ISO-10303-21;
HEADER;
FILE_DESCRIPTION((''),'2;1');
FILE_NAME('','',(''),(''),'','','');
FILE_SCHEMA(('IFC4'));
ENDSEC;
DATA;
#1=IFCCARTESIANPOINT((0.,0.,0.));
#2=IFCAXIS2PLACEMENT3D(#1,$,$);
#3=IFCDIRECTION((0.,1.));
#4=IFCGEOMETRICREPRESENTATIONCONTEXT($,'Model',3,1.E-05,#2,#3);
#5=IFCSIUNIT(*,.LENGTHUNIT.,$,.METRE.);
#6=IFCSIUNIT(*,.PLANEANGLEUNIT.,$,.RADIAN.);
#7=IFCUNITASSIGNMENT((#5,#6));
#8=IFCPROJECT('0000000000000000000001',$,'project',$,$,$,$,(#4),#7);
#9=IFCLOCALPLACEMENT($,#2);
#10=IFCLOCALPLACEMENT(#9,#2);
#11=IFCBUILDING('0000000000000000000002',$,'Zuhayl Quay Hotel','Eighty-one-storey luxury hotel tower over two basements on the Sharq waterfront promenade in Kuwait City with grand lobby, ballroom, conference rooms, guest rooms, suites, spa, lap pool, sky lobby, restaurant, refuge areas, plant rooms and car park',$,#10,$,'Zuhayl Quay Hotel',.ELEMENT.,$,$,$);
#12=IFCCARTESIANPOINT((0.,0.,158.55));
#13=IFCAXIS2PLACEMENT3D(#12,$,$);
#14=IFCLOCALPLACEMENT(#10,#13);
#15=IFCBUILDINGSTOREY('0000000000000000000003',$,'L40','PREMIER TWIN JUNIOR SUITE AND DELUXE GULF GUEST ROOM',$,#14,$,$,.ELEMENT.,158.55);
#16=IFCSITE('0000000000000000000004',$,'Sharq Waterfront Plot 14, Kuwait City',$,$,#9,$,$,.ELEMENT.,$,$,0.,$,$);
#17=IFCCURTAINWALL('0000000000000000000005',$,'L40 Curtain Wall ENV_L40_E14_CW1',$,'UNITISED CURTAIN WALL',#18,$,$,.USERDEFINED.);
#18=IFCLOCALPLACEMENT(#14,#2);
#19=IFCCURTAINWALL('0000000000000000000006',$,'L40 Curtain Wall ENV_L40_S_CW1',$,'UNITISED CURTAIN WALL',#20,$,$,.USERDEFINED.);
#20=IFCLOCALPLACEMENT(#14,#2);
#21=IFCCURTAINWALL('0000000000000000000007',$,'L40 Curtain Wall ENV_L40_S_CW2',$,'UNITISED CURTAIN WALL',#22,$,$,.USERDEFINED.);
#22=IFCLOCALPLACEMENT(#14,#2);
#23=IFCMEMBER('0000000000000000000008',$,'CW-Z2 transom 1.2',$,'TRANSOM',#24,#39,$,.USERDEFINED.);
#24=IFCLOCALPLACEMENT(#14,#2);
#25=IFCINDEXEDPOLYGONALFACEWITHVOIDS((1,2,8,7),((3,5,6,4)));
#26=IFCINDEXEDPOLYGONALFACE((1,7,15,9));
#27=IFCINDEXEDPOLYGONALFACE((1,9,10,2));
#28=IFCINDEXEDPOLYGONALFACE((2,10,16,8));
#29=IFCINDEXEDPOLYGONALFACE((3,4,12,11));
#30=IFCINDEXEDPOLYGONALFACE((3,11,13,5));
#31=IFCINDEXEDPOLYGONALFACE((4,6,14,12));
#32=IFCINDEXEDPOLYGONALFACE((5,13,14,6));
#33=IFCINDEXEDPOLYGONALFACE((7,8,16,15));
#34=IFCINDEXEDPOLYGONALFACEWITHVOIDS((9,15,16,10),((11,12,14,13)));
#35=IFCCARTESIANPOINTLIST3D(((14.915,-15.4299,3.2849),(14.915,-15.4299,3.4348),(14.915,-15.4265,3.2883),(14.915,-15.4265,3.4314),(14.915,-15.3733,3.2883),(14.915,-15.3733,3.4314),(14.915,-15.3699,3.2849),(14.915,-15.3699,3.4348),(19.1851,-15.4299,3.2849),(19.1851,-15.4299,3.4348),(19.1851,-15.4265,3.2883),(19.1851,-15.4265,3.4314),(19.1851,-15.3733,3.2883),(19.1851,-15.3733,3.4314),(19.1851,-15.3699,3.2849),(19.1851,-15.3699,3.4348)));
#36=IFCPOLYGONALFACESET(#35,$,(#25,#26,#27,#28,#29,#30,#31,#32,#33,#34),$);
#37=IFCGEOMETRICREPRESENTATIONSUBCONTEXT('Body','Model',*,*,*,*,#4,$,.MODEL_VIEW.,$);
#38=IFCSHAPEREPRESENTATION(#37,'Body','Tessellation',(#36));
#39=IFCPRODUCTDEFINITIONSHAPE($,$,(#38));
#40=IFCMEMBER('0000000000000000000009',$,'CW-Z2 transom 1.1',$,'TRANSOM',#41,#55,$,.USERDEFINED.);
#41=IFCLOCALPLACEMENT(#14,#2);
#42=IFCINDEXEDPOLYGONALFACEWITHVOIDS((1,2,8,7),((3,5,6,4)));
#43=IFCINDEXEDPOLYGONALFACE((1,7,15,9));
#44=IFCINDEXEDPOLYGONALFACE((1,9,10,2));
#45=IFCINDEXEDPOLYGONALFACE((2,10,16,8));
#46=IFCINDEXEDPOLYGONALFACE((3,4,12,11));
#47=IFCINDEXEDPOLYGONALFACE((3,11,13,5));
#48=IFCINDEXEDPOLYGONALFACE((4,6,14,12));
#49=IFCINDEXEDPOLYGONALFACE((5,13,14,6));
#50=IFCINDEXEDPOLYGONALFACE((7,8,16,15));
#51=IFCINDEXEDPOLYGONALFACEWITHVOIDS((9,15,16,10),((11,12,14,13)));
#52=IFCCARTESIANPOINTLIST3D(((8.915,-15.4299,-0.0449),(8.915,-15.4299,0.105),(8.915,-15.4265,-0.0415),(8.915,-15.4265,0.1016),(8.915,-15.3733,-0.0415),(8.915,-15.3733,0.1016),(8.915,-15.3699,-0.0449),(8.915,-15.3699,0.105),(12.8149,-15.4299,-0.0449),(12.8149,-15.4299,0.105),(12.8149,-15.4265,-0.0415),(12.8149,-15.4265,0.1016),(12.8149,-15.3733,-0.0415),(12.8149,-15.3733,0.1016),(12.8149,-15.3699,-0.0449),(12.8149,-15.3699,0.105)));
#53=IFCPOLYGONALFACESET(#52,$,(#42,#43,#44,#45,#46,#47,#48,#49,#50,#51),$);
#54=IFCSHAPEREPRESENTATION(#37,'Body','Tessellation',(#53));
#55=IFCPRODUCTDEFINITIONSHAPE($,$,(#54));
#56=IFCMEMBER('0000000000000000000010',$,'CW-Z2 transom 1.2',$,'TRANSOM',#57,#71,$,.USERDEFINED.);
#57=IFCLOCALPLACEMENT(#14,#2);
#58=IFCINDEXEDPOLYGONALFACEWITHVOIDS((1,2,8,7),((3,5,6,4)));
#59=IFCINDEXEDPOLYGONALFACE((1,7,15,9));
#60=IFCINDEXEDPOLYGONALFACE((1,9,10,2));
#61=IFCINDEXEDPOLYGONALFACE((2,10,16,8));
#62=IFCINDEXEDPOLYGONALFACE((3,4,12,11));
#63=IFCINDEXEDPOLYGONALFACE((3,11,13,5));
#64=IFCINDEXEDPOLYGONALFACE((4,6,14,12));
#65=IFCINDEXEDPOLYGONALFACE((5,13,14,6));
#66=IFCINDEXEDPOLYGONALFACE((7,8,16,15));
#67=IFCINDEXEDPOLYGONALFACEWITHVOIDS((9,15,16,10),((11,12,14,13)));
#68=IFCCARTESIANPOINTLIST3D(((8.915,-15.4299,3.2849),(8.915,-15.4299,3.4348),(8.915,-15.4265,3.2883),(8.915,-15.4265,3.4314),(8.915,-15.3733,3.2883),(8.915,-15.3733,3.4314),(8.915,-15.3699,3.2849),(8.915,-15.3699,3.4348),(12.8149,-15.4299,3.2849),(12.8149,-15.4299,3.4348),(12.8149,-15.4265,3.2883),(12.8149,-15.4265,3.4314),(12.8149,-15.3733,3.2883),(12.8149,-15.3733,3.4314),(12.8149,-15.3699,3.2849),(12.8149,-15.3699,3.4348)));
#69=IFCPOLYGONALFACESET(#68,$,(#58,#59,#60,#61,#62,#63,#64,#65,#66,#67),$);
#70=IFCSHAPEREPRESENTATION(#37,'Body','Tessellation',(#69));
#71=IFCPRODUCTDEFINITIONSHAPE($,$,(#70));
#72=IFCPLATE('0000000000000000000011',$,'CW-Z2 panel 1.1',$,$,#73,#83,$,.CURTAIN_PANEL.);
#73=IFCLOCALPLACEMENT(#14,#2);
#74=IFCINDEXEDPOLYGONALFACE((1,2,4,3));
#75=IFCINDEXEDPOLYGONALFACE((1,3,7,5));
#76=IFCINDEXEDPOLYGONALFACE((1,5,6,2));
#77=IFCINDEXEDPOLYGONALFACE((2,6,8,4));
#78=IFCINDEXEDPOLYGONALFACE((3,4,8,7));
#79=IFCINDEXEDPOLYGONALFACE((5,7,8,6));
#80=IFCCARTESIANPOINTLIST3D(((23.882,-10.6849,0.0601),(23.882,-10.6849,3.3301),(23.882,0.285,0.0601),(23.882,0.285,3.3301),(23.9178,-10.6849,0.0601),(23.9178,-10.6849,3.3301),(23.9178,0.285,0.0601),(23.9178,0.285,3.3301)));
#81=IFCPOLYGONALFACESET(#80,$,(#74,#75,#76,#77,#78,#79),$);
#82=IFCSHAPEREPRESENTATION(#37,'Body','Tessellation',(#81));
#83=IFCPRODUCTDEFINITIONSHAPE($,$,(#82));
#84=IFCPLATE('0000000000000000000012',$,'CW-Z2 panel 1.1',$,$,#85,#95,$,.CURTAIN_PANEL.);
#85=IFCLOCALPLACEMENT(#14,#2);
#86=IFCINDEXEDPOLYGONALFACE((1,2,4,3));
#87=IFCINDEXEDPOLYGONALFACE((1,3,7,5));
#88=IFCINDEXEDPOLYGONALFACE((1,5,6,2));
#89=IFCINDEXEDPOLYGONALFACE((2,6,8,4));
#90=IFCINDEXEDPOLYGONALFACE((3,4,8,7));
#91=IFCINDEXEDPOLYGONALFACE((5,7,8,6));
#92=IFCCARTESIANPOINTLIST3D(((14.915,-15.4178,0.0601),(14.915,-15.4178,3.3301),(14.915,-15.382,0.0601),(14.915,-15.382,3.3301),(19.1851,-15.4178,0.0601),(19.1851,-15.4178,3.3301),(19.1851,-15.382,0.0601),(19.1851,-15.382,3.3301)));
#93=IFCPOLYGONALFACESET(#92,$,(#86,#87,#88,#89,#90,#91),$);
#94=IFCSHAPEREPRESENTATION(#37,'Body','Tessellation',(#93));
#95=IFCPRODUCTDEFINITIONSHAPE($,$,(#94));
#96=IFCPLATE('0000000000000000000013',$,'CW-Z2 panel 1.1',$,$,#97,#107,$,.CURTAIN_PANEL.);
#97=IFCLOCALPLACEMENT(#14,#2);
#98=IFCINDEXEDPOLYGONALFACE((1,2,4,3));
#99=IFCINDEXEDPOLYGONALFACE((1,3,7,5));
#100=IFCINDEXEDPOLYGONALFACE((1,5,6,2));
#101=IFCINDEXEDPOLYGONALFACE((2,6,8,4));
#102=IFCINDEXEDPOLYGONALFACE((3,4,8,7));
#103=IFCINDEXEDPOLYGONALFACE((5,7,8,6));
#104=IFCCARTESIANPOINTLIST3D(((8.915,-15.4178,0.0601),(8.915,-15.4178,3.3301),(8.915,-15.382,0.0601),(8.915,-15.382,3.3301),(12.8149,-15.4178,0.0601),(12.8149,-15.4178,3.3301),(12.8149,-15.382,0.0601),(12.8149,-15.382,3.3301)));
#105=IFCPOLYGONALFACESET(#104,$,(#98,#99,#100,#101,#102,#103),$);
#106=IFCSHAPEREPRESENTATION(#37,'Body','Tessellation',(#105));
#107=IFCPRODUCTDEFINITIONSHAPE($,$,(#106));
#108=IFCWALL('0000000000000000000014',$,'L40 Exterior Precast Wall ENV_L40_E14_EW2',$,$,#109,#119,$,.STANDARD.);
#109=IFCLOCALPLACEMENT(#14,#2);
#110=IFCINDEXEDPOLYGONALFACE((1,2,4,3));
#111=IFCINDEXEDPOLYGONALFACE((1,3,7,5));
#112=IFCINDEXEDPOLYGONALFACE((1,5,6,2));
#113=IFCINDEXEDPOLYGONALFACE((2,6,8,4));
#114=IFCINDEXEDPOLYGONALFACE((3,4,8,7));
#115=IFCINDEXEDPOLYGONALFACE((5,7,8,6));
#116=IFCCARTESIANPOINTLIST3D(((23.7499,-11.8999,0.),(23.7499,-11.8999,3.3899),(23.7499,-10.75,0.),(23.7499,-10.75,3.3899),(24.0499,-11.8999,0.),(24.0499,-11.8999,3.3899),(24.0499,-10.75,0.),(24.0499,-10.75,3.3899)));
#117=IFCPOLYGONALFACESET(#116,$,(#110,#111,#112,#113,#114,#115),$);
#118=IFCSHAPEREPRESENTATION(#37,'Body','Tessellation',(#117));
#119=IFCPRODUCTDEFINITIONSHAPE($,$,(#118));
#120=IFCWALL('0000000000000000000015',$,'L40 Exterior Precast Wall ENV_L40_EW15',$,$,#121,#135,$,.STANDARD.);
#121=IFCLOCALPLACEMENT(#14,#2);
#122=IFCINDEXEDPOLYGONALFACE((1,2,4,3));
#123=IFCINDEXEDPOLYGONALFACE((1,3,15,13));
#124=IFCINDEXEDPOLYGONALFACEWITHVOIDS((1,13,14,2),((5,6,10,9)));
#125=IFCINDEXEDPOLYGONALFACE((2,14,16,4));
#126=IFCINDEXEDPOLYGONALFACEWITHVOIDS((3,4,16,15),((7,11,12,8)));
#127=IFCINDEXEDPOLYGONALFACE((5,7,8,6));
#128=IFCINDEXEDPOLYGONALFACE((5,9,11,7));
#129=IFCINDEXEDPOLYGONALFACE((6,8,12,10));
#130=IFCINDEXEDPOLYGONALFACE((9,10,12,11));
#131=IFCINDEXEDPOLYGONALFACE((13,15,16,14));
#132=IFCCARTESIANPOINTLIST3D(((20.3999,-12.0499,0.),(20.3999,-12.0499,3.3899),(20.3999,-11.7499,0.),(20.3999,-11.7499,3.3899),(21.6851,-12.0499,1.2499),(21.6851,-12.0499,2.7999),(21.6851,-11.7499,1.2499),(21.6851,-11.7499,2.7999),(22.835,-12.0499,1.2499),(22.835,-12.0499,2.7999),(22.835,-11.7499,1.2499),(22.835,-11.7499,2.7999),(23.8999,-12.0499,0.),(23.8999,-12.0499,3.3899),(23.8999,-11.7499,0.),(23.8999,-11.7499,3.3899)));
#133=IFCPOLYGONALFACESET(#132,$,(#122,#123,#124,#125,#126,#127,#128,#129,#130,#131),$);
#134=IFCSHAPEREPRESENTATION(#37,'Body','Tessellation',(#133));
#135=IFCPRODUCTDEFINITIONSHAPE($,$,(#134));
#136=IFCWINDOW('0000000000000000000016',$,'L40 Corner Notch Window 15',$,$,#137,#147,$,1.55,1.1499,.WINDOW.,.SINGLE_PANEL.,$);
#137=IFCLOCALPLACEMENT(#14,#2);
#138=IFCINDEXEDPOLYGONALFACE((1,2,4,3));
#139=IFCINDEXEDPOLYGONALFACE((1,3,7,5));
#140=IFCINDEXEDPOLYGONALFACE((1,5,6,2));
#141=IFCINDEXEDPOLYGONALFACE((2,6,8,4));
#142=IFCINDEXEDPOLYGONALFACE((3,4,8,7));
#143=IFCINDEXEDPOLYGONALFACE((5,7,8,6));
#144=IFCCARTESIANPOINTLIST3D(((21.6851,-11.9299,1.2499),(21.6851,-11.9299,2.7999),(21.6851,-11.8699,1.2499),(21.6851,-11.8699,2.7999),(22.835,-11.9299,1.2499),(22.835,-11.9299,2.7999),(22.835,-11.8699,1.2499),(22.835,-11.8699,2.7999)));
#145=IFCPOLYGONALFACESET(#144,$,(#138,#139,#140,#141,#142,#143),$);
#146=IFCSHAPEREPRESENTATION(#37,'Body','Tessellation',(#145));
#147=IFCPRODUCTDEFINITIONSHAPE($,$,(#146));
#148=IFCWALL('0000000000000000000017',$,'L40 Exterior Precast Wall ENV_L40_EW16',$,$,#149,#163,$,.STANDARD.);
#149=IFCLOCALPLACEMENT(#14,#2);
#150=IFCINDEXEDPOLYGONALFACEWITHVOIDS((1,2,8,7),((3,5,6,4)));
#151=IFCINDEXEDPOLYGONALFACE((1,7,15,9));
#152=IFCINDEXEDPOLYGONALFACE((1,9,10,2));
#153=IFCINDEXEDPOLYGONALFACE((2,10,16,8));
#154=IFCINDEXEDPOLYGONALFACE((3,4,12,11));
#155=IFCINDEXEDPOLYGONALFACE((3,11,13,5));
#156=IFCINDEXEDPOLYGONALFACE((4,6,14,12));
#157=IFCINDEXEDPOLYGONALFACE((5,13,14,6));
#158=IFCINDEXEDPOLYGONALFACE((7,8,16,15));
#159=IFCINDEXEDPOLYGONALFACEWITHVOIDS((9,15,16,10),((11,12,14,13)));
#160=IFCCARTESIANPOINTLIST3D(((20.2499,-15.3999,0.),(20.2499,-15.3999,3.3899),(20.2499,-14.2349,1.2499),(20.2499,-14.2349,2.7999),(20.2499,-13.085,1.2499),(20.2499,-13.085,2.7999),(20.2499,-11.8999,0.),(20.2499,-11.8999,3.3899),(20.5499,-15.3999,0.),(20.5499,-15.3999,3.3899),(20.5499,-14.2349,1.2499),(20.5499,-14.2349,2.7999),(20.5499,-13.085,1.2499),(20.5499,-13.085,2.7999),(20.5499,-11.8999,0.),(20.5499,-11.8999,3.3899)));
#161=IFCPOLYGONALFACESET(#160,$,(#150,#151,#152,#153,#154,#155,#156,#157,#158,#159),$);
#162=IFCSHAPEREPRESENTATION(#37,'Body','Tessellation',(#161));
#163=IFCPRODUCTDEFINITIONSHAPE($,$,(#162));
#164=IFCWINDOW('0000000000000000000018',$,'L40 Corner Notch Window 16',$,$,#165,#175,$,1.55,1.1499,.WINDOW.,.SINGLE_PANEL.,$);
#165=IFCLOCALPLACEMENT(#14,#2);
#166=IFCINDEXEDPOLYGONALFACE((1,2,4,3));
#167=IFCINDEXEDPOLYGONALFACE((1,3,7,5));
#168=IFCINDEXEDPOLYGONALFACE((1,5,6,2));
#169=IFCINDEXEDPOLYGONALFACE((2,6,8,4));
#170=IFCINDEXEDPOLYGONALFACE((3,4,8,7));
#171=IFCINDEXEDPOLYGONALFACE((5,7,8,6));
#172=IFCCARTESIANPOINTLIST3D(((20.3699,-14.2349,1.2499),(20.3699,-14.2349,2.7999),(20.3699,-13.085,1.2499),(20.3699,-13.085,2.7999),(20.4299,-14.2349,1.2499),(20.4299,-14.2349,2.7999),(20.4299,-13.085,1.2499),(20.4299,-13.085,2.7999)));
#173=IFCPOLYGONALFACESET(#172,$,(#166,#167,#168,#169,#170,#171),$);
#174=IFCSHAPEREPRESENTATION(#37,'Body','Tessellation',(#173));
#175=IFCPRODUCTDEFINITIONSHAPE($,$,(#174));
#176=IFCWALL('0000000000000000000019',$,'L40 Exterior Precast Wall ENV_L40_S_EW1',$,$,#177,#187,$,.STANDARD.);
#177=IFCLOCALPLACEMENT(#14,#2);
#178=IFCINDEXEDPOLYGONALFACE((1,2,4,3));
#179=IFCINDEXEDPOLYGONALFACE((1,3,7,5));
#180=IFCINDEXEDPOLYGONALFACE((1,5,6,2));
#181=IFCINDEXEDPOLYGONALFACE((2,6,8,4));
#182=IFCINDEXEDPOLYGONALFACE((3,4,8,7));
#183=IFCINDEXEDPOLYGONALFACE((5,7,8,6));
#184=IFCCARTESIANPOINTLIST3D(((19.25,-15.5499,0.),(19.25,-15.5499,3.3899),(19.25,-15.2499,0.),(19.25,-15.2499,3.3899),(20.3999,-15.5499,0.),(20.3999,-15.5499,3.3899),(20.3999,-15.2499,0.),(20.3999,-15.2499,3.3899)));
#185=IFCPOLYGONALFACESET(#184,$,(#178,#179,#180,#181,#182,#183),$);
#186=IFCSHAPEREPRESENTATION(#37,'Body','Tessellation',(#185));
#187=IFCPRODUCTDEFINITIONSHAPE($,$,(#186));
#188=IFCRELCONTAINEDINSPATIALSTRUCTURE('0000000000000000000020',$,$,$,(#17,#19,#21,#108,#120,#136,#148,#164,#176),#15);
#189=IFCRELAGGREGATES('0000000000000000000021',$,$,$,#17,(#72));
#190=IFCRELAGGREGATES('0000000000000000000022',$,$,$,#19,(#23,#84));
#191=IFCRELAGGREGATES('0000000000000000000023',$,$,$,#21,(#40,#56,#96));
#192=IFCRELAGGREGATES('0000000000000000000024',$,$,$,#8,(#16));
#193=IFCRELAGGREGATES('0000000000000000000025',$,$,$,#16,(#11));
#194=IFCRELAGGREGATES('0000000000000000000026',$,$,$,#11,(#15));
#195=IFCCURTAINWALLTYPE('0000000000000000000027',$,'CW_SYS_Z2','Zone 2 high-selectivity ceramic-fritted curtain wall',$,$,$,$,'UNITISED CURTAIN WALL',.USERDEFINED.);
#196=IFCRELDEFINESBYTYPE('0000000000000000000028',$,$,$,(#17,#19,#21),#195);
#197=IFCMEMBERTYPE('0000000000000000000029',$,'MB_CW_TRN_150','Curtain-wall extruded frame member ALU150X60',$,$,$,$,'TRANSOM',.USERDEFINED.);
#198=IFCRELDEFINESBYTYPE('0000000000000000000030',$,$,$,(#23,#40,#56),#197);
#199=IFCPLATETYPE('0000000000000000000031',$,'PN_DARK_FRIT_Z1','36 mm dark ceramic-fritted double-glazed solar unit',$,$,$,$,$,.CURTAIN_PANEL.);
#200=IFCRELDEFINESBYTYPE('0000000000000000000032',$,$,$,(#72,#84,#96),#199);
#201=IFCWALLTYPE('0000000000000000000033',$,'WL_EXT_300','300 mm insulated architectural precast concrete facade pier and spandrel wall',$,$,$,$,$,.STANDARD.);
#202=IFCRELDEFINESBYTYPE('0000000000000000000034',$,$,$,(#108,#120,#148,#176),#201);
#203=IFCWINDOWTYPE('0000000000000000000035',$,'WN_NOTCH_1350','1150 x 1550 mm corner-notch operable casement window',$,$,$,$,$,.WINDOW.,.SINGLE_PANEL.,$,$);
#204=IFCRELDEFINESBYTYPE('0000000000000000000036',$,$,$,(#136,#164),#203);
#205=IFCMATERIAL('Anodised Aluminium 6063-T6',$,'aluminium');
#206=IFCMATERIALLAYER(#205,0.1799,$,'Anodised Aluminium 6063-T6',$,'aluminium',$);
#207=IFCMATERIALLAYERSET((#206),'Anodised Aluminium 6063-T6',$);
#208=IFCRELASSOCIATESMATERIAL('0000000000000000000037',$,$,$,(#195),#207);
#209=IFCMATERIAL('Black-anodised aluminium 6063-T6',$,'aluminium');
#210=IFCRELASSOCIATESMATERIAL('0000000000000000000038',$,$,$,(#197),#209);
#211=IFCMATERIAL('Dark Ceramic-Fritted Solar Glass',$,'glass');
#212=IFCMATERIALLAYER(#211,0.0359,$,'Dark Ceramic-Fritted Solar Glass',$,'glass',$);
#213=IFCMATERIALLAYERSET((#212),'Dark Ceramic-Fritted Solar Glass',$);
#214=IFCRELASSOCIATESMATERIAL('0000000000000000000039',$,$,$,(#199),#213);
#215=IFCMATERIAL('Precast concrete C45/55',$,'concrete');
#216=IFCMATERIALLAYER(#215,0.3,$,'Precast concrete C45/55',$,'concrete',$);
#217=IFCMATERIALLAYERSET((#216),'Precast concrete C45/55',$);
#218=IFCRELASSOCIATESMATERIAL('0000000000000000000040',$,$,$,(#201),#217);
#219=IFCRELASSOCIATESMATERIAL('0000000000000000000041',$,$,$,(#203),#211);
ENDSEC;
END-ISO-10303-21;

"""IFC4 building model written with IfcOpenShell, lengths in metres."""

from ifc_helpers import new_model, si_unit, direction, frame, frame_2d, origin, origin_2d, place, context, subcontext, project, spatial, rectangle, hollow_rectangle, extrude, material, layer, layer_set, material_profile, profile_set, type_object, element, fill, aggregate, save


model = new_model("IFC4")

# Units and contexts
model_context = context("Model", 3, precision=1e-05, world=origin(), true_north=direction((0.0, 1.0)))
body_context = subcontext(model_context, "Body", "Model", "MODEL_VIEW")
ifc_project = project(units=[si_unit("LENGTHUNIT", "METRE"), si_unit("PLANEANGLEUNIT", "RADIAN")], contexts=[model_context])

# Site, building, storey
site_placement = place(None, origin())
site = spatial("IfcSite", under=ifc_project, at=site_placement, Name="Sharq Waterfront Plot 14, Kuwait City", CompositionType="ELEMENT", RefElevation=0.0)
building_placement = place(site_placement, origin())
building = spatial("IfcBuilding", under=site, at=building_placement, Name="Zuhayl Quay Hotel", Description="Eighty-one-storey luxury hotel tower over two basements on the Sharq waterfront promenade in Kuwait City with grand lobby, ballroom, conference rooms, guest rooms, suites, spa, lap pool, sky lobby, restaurant, refuge areas, plant rooms and car park", LongName="Zuhayl Quay Hotel", CompositionType="ELEMENT")
storey_placement = place(building_placement, frame((0.0, 0.0, 158.55)))
storey = spatial("IfcBuildingStorey", under=building, at=storey_placement, Name="L40", Description="PREMIER TWIN JUNIOR SUITE AND DELUXE GULF GUEST ROOM", CompositionType="ELEMENT", Elevation=158.55)

# Curtain wall
ifc_material_1 = material(Name="Anodised Aluminium 6063-T6", Category="aluminium")
ifc_layer_1 = layer(ifc_material_1, 0.1799, Name="Anodised Aluminium 6063-T6", Category="aluminium")
ifc_layer_set_1 = layer_set([ifc_layer_1], Name="Anodised Aluminium 6063-T6")
curtain_wall_type = type_object("IfcCurtainWallType", Name="CW_SYS_Z2", Description="Zone 2 high-selectivity ceramic-fritted curtain wall", ElementType="UNITISED CURTAIN WALL", PredefinedType="USERDEFINED", material=ifc_layer_set_1)
curtain_wall_1_placement = place(storey_placement, origin())
curtain_wall_1 = element("IfcCurtainWall", 1, at=curtain_wall_1_placement, inside=storey, type_object=curtain_wall_type, Name="L40 Curtain Wall ENV_L40_E14_CW1", ObjectType="UNITISED CURTAIN WALL", PredefinedType="USERDEFINED")
ifc_material_2 = material(Name="Black-anodised aluminium 6063-T6", Category="aluminium")

# Curtain walls
curtain_wall_2_placement = place(storey_placement, origin())
curtain_wall_2 = element("IfcCurtainWall", 2, at=curtain_wall_2_placement, inside=storey, type_object=curtain_wall_type, Name="L40 Curtain Wall ENV_L40_S_CW1", ObjectType="UNITISED CURTAIN WALL", PredefinedType="USERDEFINED")
curtain_wall_3_placement = place(storey_placement, origin())
curtain_wall_3 = element("IfcCurtainWall", 3, at=curtain_wall_3_placement, inside=storey, type_object=curtain_wall_type, Name="L40 Curtain Wall ENV_L40_S_CW2", ObjectType="UNITISED CURTAIN WALL", PredefinedType="USERDEFINED")

# Members
ifc_material_profile_1 = material_profile(ifc_material_2, hollow_rectangle(XDim=0.0601, YDim=0.1499, WallThickness=0.0034, at=origin_2d()), Name="ALU150X60")
ifc_profile_set_1 = profile_set([ifc_material_profile_1], Name="Black-anodised aluminium 6063-T6")
member_type_1 = type_object("IfcMemberType", Name="MB_CW_TRN_150", Description="Curtain-wall extruded frame member ALU150X60", ElementType="TRANSOM", PredefinedType="USERDEFINED", material=ifc_profile_set_1)
member_1_placement = place(storey_placement, frame((19.1851, -15.3999, 3.3599), z_axis=(-1.0, 0.0, 0.0), x_axis=(0.0, -1.0, 0.0)))
member_1 = element("IfcMember", 4, at=member_1_placement, type_object=member_type_1, Name="CW-Z2 transom 1.2", ObjectType="TRANSOM", PredefinedType="USERDEFINED", context=body_context, shape_type="SweptSolid", body=[
    extrude(hollow_rectangle(XDim=0.0601, YDim=0.1499, WallThickness=0.0034, at=origin_2d()), origin(), (0.0, 0.0, 1.0), 4.27),
])
member_2_placement = place(storey_placement, frame((12.8149, -15.3999, 0.03), z_axis=(-1.0, 0.0, 0.0), x_axis=(0.0, -1.0, 0.0)))
member_2 = element("IfcMember", 5, at=member_2_placement, type_object=member_type_1, Name="CW-Z2 transom 1.1", ObjectType="TRANSOM", PredefinedType="USERDEFINED", context=body_context, shape_type="SweptSolid", body=[
    extrude(hollow_rectangle(XDim=0.0601, YDim=0.1499, WallThickness=0.0034, at=origin_2d()), origin(), (0.0, 0.0, 1.0), 3.8999),
])
member_3_placement = place(storey_placement, frame((12.8149, -15.3999, 3.3599), z_axis=(-1.0, 0.0, 0.0), x_axis=(0.0, -1.0, 0.0)))
member_3 = element("IfcMember", 6, at=member_3_placement, type_object=member_type_1, Name="CW-Z2 transom 1.2", ObjectType="TRANSOM", PredefinedType="USERDEFINED", context=body_context, shape_type="SweptSolid", body=[
    extrude(hollow_rectangle(XDim=0.0601, YDim=0.1499, WallThickness=0.0034, at=origin_2d()), origin(), (0.0, 0.0, 1.0), 3.8999),
])

# Plates
ifc_material_3 = material(Name="Dark Ceramic-Fritted Solar Glass", Category="glass")
ifc_layer_2 = layer(ifc_material_3, 0.0359, Name="Dark Ceramic-Fritted Solar Glass", Category="glass")
ifc_layer_set_2 = layer_set([ifc_layer_2], Name="Dark Ceramic-Fritted Solar Glass")
plate_type = type_object("IfcPlateType", Name="PN_DARK_FRIT_Z1", Description="36 mm dark ceramic-fritted double-glazed solar unit", PredefinedType="CURTAIN_PANEL", material=ifc_layer_set_2)
plate_1_placement = place(storey_placement, frame((23.8999, -5.2, 0.0601), z_axis=(0.0, 0.0, 1.0), x_axis=(0.0, -1.0, 0.0)))
plate_1 = element("IfcPlate", 7, at=plate_1_placement, type_object=plate_type, Name="CW-Z2 panel 1.1", PredefinedType="CURTAIN_PANEL", context=body_context, shape_type="SweptSolid", body=[
    extrude(rectangle(XDim=10.97, YDim=0.0359, at=origin_2d()), origin(), (0.0, 0.0, 1.0), 3.27),
])
aggregate(curtain_wall_1, [plate_1])
plate_2_placement = place(storey_placement, frame((17.05, -15.3999, 0.0601), z_axis=(0.0, 0.0, 1.0), x_axis=(-1.0, 0.0, 0.0)))
plate_2 = element("IfcPlate", 8, at=plate_2_placement, type_object=plate_type, Name="CW-Z2 panel 1.1", PredefinedType="CURTAIN_PANEL", context=body_context, shape_type="SweptSolid", body=[
    extrude(rectangle(XDim=4.27, YDim=0.0359, at=origin_2d()), origin(), (0.0, 0.0, 1.0), 3.27),
])
aggregate(curtain_wall_2, [member_1, plate_2])
plate_3_placement = place(storey_placement, frame((10.865, -15.3999, 0.0601), z_axis=(0.0, 0.0, 1.0), x_axis=(-1.0, 0.0, 0.0)))
plate_3 = element("IfcPlate", 9, at=plate_3_placement, type_object=plate_type, Name="CW-Z2 panel 1.1", PredefinedType="CURTAIN_PANEL", context=body_context, shape_type="SweptSolid", body=[
    extrude(rectangle(XDim=3.8999, YDim=0.0359, at=origin_2d()), origin(), (0.0, 0.0, 1.0), 3.27),
])
aggregate(curtain_wall_3, [member_2, member_3, plate_3])

# Wall
ifc_material_4 = material(Name="Precast concrete C45/55", Category="concrete")
ifc_layer_3 = layer(ifc_material_4, 0.3, Name="Precast concrete C45/55", Category="concrete")
ifc_layer_set_3 = layer_set([ifc_layer_3], Name="Precast concrete C45/55")
wall_type_1 = type_object("IfcWallType", Name="WL_EXT_300", Description="300 mm insulated architectural precast concrete facade pier and spandrel wall", PredefinedType="STANDARD", material=ifc_layer_set_3)
wall_1_placement = place(storey_placement, frame((23.8999, -10.75, 0.0), z_axis=(0.0, 0.0, 1.0), x_axis=(0.0, -1.0, 0.0)))
element("IfcWall", 10, at=wall_1_placement, inside=storey, type_object=wall_type_1, Name="L40 Exterior Precast Wall ENV_L40_E14_EW2", PredefinedType="STANDARD", context=body_context, shape_type="SweptSolid", body=[
    extrude(rectangle(XDim=1.1499, YDim=0.3, at=frame_2d((0.575, 0.0))), origin(), (0.0, 0.0, 1.0), 3.3899),
])

# Walls, openings, windows
wall_2_placement = place(storey_placement, frame((23.8999, -11.8999, 0.0), z_axis=(0.0, 0.0, 1.0), x_axis=(-1.0, 0.0, 0.0)))
wall_2 = element("IfcWall", 11, at=wall_2_placement, inside=storey, type_object=wall_type_1, Name="L40 Exterior Precast Wall ENV_L40_EW15", PredefinedType="STANDARD", context=body_context, shape_type="SweptSolid", body=[
    extrude(rectangle(XDim=3.5, YDim=0.3, at=frame_2d((1.75, 0.0))), origin(), (0.0, 0.0, 1.0), 3.3899),
])
opening_1_placement = place(wall_2_placement, frame((1.0649, 0.0, 1.25)))
opening_1 = element("IfcOpeningElement", 12, at=opening_1_placement, cuts=wall_2, PredefinedType="OPENING", context=body_context, shape_type="SweptSolid", body=[
    extrude(rectangle(XDim=1.1499, YDim=1.55, at=frame_2d((0.575, 0.7749))), frame((0.0, 0.1599, 0.0), z_axis=(0.0, -1.0, 0.0), x_axis=(1.0, 0.0, 0.0)), (0.0, 0.0, 1.0), 0.3201),
])
window_type = type_object("IfcWindowType", Name="WN_NOTCH_1350", Description="1150 x 1550 mm corner-notch operable casement window", PartitioningType="SINGLE_PANEL", PredefinedType="WINDOW", material=ifc_material_3)
window_1_placement = place(opening_1_placement, origin())
window_1 = element("IfcWindow", 13, at=window_1_placement, inside=storey, type_object=window_type, Name="L40 Corner Notch Window 15", OverallHeight=1.55, OverallWidth=1.1499, PartitioningType="SINGLE_PANEL", PredefinedType="WINDOW", context=body_context, shape_type="SweptSolid", body=[
    extrude(rectangle(XDim=1.1499, YDim=1.55, at=frame_2d((0.575, 0.7749))), frame((0.0, 0.03, 0.0), z_axis=(0.0, -1.0, 0.0), x_axis=(1.0, 0.0, 0.0)), (0.0, 0.0, 1.0), 0.0601),
])
fill(opening_1, window_1)
wall_3_placement = place(storey_placement, frame((20.3999, -11.8999, 0.0), z_axis=(0.0, 0.0, 1.0), x_axis=(0.0, -1.0, 0.0)))
wall_3 = element("IfcWall", 14, at=wall_3_placement, inside=storey, type_object=wall_type_1, Name="L40 Exterior Precast Wall ENV_L40_EW16", PredefinedType="STANDARD", context=body_context, shape_type="SweptSolid", body=[
    extrude(rectangle(XDim=3.5, YDim=0.3, at=frame_2d((1.75, 0.0))), origin(), (0.0, 0.0, 1.0), 3.3899),
])
opening_2_placement = place(wall_3_placement, frame((1.1851, 0.0, 1.25)))
opening_2 = element("IfcOpeningElement", 15, at=opening_2_placement, cuts=wall_3, PredefinedType="OPENING", context=body_context, shape_type="SweptSolid", body=[
    extrude(rectangle(XDim=1.1499, YDim=1.55, at=frame_2d((0.575, 0.7749))), frame((0.0, 0.1599, 0.0), z_axis=(0.0, -1.0, 0.0), x_axis=(1.0, 0.0, 0.0)), (0.0, 0.0, 1.0), 0.3201),
])
window_2_placement = place(opening_2_placement, origin())
window_2 = element("IfcWindow", 16, at=window_2_placement, inside=storey, type_object=window_type, Name="L40 Corner Notch Window 16", OverallHeight=1.55, OverallWidth=1.1499, PartitioningType="SINGLE_PANEL", PredefinedType="WINDOW", context=body_context, shape_type="SweptSolid", body=[
    extrude(rectangle(XDim=1.1499, YDim=1.55, at=frame_2d((0.575, 0.7749))), frame((0.0, 0.03, 0.0), z_axis=(0.0, -1.0, 0.0), x_axis=(1.0, 0.0, 0.0)), (0.0, 0.0, 1.0), 0.0601),
])
fill(opening_2, window_2)

# Wall
wall_4_placement = place(storey_placement, frame((20.3999, -15.3999, 0.0), z_axis=(0.0, 0.0, 1.0), x_axis=(-1.0, 0.0, 0.0)))
element("IfcWall", 17, at=wall_4_placement, inside=storey, type_object=wall_type_1, Name="L40 Exterior Precast Wall ENV_L40_S_EW1", PredefinedType="STANDARD", context=body_context, shape_type="SweptSolid", body=[
    extrude(rectangle(XDim=1.1499, YDim=0.3, at=frame_2d((0.575, 0.0))), origin(), (0.0, 0.0, 1.0), 3.3899),
])

save(model, "model.ifc")
